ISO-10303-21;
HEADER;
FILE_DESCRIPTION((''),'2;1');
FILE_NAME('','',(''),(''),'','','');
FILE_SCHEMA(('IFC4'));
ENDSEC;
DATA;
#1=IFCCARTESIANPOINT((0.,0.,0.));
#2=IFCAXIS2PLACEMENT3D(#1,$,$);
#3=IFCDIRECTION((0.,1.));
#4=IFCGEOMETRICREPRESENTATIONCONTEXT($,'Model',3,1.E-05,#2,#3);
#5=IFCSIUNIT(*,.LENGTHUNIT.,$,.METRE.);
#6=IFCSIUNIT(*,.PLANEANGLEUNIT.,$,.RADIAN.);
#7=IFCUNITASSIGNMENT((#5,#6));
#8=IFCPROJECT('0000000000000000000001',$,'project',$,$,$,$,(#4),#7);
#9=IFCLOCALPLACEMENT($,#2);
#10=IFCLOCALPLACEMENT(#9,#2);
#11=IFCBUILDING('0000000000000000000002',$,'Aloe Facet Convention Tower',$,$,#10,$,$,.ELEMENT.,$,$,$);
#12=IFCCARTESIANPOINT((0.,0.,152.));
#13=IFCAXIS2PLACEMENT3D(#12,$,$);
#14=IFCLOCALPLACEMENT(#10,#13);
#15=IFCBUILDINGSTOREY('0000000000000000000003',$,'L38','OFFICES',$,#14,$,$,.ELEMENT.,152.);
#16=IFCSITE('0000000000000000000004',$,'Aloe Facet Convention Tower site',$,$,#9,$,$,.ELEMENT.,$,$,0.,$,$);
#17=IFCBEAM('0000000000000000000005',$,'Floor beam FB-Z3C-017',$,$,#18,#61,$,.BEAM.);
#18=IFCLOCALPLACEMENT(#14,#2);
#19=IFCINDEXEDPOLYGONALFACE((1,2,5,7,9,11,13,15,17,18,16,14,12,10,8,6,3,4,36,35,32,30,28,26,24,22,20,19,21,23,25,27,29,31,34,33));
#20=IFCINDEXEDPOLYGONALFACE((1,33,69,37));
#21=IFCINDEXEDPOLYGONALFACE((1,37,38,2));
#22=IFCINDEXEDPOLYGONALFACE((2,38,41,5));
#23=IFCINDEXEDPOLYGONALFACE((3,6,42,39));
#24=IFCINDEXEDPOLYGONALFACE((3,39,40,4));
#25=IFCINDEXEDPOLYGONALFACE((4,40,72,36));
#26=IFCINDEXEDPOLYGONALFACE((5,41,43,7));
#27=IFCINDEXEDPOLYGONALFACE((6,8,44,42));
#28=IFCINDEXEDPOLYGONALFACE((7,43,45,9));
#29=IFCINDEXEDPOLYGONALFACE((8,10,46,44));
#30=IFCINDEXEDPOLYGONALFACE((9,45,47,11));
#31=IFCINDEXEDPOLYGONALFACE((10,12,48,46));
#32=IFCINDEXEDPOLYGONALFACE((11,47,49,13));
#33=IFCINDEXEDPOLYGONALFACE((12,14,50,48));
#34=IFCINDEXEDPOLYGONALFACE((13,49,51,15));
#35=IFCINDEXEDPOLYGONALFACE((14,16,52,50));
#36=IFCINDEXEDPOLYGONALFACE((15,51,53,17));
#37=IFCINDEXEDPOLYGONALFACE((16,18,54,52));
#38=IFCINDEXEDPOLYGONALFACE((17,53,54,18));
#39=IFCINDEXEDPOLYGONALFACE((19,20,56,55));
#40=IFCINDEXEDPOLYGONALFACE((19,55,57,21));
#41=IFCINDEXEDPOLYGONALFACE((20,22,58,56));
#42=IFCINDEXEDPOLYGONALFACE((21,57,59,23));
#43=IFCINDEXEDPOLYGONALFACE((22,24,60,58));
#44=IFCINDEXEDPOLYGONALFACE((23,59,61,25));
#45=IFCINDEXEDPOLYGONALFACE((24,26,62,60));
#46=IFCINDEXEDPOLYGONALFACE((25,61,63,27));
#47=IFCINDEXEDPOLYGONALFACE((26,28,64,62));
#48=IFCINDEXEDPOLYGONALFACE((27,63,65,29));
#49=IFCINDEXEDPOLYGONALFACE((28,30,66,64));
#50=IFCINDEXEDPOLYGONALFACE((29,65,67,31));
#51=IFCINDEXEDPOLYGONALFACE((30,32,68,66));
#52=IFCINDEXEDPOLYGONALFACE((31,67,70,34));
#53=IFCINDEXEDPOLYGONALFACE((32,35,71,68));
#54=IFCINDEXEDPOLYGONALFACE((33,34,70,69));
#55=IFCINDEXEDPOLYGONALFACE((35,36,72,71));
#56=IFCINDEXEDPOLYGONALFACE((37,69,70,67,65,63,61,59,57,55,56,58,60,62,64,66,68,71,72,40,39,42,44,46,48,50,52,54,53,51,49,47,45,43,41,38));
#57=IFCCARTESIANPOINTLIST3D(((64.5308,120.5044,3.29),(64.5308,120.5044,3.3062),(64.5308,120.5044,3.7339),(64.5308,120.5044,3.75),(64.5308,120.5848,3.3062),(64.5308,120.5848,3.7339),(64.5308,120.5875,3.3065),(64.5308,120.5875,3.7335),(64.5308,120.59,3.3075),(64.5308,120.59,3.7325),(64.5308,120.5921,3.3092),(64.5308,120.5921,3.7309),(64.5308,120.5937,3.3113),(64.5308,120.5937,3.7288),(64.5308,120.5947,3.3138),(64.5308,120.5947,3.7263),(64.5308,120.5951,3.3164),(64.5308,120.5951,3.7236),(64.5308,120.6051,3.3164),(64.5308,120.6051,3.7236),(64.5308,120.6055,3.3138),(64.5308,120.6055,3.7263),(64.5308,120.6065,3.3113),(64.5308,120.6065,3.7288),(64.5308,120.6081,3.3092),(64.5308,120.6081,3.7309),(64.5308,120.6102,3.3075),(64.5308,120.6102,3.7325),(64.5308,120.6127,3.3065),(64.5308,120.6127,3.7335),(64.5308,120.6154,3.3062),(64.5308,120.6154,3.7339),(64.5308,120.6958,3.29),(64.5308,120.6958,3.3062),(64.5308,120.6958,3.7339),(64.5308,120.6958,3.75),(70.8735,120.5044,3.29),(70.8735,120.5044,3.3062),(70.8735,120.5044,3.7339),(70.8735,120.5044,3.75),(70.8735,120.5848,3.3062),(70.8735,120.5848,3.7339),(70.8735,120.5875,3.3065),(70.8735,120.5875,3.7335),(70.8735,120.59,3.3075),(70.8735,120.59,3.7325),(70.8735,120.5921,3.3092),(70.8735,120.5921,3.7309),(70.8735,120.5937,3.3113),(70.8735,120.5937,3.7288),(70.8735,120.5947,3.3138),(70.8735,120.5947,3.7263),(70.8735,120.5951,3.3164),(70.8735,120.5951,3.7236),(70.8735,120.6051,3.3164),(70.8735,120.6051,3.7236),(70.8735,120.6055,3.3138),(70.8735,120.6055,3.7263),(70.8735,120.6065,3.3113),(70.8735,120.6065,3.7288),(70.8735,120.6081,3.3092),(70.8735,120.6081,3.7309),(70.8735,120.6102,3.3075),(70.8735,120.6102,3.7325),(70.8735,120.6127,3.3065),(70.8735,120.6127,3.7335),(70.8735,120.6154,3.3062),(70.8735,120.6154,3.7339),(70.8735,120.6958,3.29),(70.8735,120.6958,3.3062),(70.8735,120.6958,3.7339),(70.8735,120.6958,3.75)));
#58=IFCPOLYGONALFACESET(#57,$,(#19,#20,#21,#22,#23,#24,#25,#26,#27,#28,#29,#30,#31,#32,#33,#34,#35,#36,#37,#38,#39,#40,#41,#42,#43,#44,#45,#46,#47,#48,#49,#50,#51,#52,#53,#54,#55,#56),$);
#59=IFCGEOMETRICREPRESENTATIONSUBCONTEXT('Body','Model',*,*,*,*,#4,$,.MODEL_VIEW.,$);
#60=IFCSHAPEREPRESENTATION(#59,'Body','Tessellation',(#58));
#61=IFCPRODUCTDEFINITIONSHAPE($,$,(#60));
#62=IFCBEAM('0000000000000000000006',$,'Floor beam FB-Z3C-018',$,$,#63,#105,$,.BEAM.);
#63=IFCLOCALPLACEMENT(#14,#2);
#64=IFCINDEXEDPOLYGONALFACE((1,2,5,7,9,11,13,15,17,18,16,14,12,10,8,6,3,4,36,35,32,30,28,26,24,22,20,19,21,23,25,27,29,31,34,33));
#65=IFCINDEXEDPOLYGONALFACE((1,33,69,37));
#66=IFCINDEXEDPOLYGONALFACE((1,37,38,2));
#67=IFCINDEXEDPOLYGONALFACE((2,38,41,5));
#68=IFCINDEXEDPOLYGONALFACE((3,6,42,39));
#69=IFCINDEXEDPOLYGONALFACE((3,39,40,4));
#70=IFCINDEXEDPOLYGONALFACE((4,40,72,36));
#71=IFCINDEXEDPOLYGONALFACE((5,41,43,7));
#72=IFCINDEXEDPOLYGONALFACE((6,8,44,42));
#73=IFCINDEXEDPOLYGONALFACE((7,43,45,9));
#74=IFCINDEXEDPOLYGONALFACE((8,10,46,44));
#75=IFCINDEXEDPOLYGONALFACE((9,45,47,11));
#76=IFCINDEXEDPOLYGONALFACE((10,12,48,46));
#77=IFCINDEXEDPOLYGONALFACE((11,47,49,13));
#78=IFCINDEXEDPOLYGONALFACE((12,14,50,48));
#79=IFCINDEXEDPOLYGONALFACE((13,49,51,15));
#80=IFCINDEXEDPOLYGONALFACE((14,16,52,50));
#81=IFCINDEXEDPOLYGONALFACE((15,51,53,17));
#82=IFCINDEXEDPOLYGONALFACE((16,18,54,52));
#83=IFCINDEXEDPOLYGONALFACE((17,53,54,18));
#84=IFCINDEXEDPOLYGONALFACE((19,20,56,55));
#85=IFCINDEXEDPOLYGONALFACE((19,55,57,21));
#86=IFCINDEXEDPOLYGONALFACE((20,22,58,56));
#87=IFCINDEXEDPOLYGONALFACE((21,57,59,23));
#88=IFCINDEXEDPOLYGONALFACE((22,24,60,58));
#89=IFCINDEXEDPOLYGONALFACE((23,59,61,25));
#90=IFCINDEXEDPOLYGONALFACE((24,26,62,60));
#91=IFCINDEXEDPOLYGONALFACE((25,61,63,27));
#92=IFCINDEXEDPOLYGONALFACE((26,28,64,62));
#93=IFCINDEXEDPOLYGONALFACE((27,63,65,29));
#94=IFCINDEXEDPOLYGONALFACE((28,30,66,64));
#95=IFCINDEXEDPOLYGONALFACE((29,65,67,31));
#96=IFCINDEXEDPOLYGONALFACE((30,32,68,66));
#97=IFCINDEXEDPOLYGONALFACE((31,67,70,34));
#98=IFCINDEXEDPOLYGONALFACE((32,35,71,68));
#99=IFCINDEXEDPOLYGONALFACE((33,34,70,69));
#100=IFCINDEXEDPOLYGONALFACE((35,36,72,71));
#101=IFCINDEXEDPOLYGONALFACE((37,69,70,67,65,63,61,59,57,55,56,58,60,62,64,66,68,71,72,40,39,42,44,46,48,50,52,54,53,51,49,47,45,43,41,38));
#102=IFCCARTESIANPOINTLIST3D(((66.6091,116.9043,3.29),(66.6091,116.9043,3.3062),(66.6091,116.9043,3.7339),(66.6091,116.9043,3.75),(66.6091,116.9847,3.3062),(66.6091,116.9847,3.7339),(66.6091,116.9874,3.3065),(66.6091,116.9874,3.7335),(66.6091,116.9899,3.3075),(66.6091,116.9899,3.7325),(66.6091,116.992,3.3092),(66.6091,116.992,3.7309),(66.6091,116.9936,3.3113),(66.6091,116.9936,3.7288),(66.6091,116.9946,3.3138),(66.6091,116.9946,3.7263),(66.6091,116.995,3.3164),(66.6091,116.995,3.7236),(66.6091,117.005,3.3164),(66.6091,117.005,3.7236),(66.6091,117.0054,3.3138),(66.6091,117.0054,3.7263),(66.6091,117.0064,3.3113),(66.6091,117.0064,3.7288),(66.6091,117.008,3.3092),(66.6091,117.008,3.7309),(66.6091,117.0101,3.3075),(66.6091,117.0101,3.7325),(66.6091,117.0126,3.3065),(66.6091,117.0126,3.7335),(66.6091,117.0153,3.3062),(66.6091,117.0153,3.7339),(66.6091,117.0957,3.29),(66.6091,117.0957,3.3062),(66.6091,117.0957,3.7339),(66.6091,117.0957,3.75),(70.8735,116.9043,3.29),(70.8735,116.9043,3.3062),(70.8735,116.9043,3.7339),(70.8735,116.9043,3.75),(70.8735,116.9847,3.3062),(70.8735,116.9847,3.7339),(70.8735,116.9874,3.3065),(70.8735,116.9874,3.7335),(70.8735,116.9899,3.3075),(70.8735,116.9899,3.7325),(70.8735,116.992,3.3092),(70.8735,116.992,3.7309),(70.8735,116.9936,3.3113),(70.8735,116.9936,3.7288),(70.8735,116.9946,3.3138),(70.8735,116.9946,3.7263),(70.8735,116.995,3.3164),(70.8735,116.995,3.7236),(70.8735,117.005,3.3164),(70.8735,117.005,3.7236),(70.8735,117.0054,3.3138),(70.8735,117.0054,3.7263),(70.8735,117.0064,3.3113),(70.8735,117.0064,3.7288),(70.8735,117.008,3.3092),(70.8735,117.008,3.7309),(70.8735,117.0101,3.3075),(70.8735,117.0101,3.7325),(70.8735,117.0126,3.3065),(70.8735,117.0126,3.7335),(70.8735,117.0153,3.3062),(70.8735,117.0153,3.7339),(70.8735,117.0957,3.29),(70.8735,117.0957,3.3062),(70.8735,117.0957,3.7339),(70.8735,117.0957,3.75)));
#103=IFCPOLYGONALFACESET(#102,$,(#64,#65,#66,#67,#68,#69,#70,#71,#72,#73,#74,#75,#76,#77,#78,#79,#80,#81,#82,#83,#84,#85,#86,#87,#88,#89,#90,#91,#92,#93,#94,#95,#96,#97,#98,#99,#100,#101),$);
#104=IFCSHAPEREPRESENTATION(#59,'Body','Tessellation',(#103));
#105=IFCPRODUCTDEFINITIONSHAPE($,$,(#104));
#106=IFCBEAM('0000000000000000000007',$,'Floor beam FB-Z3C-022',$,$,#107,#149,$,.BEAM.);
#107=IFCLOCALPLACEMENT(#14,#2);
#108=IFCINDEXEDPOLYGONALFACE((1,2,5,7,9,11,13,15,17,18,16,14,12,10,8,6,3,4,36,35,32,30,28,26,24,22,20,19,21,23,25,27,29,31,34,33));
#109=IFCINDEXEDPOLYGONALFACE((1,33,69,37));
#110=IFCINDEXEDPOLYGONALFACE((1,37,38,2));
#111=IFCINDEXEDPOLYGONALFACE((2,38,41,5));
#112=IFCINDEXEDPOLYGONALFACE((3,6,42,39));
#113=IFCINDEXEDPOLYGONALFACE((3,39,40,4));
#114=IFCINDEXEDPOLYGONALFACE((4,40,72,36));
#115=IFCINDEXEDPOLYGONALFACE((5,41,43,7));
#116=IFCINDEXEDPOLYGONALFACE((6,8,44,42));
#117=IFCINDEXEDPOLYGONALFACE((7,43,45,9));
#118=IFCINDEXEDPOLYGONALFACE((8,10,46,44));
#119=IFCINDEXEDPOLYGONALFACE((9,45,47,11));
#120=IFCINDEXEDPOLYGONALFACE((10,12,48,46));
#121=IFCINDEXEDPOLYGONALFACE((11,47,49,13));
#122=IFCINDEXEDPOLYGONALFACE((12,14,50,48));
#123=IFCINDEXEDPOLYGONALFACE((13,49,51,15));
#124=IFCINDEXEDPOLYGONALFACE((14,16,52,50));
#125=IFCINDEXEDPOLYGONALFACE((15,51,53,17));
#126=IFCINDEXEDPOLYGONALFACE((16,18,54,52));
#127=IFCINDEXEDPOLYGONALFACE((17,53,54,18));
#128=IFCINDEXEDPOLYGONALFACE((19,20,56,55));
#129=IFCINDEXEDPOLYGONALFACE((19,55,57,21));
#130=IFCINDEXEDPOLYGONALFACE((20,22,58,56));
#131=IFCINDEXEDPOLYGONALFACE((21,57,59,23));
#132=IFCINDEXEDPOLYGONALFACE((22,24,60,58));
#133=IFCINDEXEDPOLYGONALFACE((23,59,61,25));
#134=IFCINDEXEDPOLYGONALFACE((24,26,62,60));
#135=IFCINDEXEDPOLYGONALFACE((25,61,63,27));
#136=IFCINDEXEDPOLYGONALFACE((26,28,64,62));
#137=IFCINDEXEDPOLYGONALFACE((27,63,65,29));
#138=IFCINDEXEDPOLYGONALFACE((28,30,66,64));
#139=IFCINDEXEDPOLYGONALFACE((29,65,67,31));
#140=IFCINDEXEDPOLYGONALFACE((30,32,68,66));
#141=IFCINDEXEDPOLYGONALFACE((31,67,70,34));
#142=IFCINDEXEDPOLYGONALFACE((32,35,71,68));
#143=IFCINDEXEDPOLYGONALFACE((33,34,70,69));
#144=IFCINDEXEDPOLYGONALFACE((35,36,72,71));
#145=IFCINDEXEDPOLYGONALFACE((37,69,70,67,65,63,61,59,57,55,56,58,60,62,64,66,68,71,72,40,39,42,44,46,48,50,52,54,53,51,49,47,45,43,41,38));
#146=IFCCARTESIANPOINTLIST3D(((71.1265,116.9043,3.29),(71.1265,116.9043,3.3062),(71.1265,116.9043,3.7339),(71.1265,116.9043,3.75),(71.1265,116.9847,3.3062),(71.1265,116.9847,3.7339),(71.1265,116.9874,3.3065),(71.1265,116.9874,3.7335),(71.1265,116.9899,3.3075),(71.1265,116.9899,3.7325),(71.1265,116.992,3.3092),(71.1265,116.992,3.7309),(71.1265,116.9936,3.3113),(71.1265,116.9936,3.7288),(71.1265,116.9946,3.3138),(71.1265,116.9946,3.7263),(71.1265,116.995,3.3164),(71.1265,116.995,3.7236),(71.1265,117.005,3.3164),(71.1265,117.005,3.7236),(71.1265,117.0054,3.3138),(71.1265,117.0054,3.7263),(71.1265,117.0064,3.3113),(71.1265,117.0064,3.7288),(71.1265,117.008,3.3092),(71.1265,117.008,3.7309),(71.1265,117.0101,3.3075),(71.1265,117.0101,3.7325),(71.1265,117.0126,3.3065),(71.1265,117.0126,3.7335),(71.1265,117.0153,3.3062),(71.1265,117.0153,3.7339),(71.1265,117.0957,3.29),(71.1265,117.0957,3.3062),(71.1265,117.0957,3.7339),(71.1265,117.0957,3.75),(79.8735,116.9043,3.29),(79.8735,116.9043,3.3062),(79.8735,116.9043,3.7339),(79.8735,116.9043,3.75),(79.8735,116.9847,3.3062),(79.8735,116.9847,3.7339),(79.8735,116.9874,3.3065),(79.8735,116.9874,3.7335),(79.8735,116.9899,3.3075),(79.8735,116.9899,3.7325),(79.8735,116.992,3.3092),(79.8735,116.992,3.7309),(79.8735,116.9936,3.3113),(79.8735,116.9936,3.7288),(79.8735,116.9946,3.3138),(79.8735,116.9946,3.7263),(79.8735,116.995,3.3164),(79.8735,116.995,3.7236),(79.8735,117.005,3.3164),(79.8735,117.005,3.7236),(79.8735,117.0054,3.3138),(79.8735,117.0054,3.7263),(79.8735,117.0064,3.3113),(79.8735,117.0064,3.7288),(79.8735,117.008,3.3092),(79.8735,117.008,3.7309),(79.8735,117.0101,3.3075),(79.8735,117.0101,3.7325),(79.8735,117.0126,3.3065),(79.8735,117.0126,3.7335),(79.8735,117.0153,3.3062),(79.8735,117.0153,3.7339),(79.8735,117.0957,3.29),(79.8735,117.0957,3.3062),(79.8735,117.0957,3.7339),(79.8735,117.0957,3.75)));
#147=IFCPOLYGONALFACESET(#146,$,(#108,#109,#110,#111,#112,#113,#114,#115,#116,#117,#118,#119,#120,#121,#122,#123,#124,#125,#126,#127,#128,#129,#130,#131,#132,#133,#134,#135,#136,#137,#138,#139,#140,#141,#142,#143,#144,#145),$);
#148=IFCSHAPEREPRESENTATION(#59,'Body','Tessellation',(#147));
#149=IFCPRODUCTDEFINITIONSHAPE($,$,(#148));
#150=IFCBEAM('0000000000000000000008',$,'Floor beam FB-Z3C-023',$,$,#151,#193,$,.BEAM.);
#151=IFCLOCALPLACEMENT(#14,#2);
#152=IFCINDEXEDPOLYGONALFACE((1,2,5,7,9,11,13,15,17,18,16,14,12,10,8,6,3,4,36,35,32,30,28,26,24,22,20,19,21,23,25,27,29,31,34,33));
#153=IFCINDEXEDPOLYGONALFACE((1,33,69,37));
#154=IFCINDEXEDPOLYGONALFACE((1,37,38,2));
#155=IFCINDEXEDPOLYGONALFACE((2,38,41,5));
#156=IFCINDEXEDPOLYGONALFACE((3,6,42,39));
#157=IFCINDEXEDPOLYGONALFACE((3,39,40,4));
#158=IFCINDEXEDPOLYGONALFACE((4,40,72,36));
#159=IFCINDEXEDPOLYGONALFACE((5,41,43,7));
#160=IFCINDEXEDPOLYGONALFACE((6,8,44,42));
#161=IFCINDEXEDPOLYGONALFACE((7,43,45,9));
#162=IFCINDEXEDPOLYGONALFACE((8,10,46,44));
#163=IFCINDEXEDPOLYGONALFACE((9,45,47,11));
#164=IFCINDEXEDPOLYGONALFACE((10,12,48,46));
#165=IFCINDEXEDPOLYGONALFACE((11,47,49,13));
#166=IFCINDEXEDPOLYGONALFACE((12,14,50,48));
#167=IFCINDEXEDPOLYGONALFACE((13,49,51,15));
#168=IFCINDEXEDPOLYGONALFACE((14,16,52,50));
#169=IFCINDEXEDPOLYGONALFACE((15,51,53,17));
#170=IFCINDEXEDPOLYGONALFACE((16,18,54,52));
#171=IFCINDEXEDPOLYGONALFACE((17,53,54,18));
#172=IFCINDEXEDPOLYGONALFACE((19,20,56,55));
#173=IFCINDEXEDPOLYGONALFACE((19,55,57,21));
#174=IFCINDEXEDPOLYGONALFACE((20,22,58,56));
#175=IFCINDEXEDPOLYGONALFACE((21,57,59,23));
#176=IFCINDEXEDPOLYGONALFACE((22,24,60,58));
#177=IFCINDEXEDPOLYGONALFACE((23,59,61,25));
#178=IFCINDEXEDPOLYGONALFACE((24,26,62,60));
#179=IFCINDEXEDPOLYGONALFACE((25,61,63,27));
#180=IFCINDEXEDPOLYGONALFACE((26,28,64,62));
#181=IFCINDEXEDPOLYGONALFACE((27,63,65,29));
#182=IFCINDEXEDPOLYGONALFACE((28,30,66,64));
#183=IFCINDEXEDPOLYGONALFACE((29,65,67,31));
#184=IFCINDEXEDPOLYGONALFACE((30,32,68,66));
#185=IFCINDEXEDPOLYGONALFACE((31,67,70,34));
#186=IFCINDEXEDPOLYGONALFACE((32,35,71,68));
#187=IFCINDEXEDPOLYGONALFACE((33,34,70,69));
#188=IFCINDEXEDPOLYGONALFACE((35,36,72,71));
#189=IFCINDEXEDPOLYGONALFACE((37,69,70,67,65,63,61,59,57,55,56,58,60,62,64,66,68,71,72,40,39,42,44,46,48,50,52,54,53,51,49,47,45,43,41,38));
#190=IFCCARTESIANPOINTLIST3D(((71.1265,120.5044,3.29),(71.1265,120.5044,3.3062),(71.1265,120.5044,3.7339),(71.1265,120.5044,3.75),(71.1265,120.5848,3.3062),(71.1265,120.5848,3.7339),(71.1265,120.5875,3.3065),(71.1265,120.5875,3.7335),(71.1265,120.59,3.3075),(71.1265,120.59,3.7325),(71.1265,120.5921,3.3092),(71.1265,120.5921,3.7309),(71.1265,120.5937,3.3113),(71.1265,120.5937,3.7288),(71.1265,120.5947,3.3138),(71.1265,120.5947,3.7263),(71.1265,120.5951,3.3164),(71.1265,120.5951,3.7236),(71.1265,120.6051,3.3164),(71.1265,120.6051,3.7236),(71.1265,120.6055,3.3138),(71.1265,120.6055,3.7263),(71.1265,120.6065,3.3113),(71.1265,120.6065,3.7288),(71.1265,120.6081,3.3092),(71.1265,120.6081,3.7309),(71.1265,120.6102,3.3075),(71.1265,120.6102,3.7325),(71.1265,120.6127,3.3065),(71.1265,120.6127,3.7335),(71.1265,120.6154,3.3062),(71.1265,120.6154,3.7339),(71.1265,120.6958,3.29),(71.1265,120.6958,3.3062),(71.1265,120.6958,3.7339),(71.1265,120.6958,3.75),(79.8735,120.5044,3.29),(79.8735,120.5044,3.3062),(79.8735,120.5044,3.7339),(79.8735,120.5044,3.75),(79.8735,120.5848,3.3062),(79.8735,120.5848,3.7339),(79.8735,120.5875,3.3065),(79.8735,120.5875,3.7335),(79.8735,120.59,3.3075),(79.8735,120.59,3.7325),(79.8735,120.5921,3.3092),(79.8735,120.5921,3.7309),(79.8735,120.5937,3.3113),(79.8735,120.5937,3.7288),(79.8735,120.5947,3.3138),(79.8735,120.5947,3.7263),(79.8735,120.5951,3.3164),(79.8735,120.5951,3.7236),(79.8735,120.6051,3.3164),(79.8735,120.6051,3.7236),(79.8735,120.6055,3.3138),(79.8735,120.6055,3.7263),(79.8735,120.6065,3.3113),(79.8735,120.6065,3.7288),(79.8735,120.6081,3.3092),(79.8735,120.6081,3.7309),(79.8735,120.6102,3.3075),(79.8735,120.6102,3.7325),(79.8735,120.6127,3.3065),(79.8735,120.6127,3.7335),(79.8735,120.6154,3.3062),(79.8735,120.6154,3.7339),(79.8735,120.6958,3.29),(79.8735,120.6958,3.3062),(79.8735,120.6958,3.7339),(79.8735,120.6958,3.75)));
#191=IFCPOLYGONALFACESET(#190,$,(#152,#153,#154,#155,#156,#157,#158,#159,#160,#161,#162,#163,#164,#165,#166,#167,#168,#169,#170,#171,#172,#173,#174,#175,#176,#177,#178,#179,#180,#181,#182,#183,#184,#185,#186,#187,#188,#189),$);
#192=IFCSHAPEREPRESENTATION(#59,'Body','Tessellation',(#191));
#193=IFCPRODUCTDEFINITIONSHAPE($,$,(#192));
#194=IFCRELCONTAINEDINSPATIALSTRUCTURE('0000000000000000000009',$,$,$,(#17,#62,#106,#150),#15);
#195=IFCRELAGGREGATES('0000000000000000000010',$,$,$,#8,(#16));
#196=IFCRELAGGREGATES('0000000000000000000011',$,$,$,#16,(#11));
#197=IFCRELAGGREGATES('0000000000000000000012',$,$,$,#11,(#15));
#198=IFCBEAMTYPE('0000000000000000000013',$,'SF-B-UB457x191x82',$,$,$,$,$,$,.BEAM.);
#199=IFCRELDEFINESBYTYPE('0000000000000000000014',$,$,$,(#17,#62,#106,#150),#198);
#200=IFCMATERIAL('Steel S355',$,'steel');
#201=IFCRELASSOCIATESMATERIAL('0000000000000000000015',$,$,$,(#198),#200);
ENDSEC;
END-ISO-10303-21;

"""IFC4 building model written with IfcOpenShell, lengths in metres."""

from ifc_helpers import new_model, si_unit, direction, frame, origin, origin_2d, place, context, subcontext, project, spatial, i_section, extrude, material, material_profile, profile_set, type_object, element, save


model = new_model("IFC4")

# Units and contexts
model_context = context("Model", 3, precision=1e-05, world=origin(), true_north=direction((0.0, 1.0)))
body_context = subcontext(model_context, "Body", "Model", "MODEL_VIEW")
ifc_project = project(units=[si_unit("LENGTHUNIT", "METRE"), si_unit("PLANEANGLEUNIT", "RADIAN")], contexts=[model_context])

# Site, building, storey
site_placement = place(None, origin())
site = spatial("IfcSite", under=ifc_project, at=site_placement, Name="Aloe Facet Convention Tower site", CompositionType="ELEMENT", RefElevation=0.0)
building_placement = place(site_placement, origin())
building = spatial("IfcBuilding", under=site, at=building_placement, Name="Aloe Facet Convention Tower", CompositionType="ELEMENT")
storey_placement = place(building_placement, frame((0.0, 0.0, 152.0)))
storey = spatial("IfcBuildingStorey", under=building, at=storey_placement, Name="L38", Description="OFFICES", CompositionType="ELEMENT", Elevation=152.0)

# Beams
ifc_material_1 = material(Name="Steel S355", Category="steel")
ifc_material_profile_1 = material_profile(ifc_material_1, i_section(OverallWidth=0.1914, OverallDepth=0.46, WebThickness=0.01, FlangeThickness=0.0161, FilletRadius=0.0103, at=origin_2d()), Name="UB 457x191x82")
ifc_profile_set_1 = profile_set([ifc_material_profile_1], Name="Steel S355")
beam_type = type_object("IfcBeamType", Name="SF-B-UB457x191x82", PredefinedType="BEAM", material=ifc_profile_set_1)
beam_1_placement = place(storey_placement, frame((64.5308, 120.6001, 3.52), z_axis=(1.0, 0.0, 0.0), x_axis=(0.0, 1.0, 0.0)))
element("IfcBeam", 1, at=beam_1_placement, inside=storey, type_object=beam_type, Name="Floor beam FB-Z3C-017", PredefinedType="BEAM", context=body_context, shape_type="SweptSolid", body=[
    extrude(i_section(OverallWidth=0.1914, OverallDepth=0.46, WebThickness=0.01, FlangeThickness=0.0161, FilletRadius=0.0103, at=origin_2d()), origin(), (0.0, 0.0, 1.0), 6.3428),
])
beam_2_placement = place(storey_placement, frame((66.6091, 117.0, 3.52), z_axis=(1.0, 0.0, 0.0), x_axis=(0.0, 1.0, 0.0)))
element("IfcBeam", 2, at=beam_2_placement, inside=storey, type_object=beam_type, Name="Floor beam FB-Z3C-018", PredefinedType="BEAM", context=body_context, shape_type="SweptSolid", body=[
    extrude(i_section(OverallWidth=0.1914, OverallDepth=0.46, WebThickness=0.01, FlangeThickness=0.0161, FilletRadius=0.0103, at=origin_2d()), origin(), (0.0, 0.0, 1.0), 4.2644),
])
for number, where, z_axis, x_axis, name in (
    (3, (71.1265, 117.0, 3.52), (1.0, 0.0, 0.0), (0.0, 1.0, 0.0), "Floor beam FB-Z3C-022"),
    (4, (71.1265, 120.6001, 3.52), (1.0, 0.0, 0.0), (0.0, 1.0, 0.0), "Floor beam FB-Z3C-023"),
):
    element("IfcBeam", number, at=place(storey_placement, frame(where, z_axis=z_axis, x_axis=x_axis)), inside=storey, type_object=beam_type, Name=name, PredefinedType="BEAM", context=body_context, shape_type="SweptSolid", body=[
        extrude(i_section(OverallWidth=0.1914, OverallDepth=0.46, WebThickness=0.01, FlangeThickness=0.0161, FilletRadius=0.0103, at=origin_2d()), origin(), (0.0, 0.0, 1.0), 8.7471),
    ])

save(model, "model.ifc")
